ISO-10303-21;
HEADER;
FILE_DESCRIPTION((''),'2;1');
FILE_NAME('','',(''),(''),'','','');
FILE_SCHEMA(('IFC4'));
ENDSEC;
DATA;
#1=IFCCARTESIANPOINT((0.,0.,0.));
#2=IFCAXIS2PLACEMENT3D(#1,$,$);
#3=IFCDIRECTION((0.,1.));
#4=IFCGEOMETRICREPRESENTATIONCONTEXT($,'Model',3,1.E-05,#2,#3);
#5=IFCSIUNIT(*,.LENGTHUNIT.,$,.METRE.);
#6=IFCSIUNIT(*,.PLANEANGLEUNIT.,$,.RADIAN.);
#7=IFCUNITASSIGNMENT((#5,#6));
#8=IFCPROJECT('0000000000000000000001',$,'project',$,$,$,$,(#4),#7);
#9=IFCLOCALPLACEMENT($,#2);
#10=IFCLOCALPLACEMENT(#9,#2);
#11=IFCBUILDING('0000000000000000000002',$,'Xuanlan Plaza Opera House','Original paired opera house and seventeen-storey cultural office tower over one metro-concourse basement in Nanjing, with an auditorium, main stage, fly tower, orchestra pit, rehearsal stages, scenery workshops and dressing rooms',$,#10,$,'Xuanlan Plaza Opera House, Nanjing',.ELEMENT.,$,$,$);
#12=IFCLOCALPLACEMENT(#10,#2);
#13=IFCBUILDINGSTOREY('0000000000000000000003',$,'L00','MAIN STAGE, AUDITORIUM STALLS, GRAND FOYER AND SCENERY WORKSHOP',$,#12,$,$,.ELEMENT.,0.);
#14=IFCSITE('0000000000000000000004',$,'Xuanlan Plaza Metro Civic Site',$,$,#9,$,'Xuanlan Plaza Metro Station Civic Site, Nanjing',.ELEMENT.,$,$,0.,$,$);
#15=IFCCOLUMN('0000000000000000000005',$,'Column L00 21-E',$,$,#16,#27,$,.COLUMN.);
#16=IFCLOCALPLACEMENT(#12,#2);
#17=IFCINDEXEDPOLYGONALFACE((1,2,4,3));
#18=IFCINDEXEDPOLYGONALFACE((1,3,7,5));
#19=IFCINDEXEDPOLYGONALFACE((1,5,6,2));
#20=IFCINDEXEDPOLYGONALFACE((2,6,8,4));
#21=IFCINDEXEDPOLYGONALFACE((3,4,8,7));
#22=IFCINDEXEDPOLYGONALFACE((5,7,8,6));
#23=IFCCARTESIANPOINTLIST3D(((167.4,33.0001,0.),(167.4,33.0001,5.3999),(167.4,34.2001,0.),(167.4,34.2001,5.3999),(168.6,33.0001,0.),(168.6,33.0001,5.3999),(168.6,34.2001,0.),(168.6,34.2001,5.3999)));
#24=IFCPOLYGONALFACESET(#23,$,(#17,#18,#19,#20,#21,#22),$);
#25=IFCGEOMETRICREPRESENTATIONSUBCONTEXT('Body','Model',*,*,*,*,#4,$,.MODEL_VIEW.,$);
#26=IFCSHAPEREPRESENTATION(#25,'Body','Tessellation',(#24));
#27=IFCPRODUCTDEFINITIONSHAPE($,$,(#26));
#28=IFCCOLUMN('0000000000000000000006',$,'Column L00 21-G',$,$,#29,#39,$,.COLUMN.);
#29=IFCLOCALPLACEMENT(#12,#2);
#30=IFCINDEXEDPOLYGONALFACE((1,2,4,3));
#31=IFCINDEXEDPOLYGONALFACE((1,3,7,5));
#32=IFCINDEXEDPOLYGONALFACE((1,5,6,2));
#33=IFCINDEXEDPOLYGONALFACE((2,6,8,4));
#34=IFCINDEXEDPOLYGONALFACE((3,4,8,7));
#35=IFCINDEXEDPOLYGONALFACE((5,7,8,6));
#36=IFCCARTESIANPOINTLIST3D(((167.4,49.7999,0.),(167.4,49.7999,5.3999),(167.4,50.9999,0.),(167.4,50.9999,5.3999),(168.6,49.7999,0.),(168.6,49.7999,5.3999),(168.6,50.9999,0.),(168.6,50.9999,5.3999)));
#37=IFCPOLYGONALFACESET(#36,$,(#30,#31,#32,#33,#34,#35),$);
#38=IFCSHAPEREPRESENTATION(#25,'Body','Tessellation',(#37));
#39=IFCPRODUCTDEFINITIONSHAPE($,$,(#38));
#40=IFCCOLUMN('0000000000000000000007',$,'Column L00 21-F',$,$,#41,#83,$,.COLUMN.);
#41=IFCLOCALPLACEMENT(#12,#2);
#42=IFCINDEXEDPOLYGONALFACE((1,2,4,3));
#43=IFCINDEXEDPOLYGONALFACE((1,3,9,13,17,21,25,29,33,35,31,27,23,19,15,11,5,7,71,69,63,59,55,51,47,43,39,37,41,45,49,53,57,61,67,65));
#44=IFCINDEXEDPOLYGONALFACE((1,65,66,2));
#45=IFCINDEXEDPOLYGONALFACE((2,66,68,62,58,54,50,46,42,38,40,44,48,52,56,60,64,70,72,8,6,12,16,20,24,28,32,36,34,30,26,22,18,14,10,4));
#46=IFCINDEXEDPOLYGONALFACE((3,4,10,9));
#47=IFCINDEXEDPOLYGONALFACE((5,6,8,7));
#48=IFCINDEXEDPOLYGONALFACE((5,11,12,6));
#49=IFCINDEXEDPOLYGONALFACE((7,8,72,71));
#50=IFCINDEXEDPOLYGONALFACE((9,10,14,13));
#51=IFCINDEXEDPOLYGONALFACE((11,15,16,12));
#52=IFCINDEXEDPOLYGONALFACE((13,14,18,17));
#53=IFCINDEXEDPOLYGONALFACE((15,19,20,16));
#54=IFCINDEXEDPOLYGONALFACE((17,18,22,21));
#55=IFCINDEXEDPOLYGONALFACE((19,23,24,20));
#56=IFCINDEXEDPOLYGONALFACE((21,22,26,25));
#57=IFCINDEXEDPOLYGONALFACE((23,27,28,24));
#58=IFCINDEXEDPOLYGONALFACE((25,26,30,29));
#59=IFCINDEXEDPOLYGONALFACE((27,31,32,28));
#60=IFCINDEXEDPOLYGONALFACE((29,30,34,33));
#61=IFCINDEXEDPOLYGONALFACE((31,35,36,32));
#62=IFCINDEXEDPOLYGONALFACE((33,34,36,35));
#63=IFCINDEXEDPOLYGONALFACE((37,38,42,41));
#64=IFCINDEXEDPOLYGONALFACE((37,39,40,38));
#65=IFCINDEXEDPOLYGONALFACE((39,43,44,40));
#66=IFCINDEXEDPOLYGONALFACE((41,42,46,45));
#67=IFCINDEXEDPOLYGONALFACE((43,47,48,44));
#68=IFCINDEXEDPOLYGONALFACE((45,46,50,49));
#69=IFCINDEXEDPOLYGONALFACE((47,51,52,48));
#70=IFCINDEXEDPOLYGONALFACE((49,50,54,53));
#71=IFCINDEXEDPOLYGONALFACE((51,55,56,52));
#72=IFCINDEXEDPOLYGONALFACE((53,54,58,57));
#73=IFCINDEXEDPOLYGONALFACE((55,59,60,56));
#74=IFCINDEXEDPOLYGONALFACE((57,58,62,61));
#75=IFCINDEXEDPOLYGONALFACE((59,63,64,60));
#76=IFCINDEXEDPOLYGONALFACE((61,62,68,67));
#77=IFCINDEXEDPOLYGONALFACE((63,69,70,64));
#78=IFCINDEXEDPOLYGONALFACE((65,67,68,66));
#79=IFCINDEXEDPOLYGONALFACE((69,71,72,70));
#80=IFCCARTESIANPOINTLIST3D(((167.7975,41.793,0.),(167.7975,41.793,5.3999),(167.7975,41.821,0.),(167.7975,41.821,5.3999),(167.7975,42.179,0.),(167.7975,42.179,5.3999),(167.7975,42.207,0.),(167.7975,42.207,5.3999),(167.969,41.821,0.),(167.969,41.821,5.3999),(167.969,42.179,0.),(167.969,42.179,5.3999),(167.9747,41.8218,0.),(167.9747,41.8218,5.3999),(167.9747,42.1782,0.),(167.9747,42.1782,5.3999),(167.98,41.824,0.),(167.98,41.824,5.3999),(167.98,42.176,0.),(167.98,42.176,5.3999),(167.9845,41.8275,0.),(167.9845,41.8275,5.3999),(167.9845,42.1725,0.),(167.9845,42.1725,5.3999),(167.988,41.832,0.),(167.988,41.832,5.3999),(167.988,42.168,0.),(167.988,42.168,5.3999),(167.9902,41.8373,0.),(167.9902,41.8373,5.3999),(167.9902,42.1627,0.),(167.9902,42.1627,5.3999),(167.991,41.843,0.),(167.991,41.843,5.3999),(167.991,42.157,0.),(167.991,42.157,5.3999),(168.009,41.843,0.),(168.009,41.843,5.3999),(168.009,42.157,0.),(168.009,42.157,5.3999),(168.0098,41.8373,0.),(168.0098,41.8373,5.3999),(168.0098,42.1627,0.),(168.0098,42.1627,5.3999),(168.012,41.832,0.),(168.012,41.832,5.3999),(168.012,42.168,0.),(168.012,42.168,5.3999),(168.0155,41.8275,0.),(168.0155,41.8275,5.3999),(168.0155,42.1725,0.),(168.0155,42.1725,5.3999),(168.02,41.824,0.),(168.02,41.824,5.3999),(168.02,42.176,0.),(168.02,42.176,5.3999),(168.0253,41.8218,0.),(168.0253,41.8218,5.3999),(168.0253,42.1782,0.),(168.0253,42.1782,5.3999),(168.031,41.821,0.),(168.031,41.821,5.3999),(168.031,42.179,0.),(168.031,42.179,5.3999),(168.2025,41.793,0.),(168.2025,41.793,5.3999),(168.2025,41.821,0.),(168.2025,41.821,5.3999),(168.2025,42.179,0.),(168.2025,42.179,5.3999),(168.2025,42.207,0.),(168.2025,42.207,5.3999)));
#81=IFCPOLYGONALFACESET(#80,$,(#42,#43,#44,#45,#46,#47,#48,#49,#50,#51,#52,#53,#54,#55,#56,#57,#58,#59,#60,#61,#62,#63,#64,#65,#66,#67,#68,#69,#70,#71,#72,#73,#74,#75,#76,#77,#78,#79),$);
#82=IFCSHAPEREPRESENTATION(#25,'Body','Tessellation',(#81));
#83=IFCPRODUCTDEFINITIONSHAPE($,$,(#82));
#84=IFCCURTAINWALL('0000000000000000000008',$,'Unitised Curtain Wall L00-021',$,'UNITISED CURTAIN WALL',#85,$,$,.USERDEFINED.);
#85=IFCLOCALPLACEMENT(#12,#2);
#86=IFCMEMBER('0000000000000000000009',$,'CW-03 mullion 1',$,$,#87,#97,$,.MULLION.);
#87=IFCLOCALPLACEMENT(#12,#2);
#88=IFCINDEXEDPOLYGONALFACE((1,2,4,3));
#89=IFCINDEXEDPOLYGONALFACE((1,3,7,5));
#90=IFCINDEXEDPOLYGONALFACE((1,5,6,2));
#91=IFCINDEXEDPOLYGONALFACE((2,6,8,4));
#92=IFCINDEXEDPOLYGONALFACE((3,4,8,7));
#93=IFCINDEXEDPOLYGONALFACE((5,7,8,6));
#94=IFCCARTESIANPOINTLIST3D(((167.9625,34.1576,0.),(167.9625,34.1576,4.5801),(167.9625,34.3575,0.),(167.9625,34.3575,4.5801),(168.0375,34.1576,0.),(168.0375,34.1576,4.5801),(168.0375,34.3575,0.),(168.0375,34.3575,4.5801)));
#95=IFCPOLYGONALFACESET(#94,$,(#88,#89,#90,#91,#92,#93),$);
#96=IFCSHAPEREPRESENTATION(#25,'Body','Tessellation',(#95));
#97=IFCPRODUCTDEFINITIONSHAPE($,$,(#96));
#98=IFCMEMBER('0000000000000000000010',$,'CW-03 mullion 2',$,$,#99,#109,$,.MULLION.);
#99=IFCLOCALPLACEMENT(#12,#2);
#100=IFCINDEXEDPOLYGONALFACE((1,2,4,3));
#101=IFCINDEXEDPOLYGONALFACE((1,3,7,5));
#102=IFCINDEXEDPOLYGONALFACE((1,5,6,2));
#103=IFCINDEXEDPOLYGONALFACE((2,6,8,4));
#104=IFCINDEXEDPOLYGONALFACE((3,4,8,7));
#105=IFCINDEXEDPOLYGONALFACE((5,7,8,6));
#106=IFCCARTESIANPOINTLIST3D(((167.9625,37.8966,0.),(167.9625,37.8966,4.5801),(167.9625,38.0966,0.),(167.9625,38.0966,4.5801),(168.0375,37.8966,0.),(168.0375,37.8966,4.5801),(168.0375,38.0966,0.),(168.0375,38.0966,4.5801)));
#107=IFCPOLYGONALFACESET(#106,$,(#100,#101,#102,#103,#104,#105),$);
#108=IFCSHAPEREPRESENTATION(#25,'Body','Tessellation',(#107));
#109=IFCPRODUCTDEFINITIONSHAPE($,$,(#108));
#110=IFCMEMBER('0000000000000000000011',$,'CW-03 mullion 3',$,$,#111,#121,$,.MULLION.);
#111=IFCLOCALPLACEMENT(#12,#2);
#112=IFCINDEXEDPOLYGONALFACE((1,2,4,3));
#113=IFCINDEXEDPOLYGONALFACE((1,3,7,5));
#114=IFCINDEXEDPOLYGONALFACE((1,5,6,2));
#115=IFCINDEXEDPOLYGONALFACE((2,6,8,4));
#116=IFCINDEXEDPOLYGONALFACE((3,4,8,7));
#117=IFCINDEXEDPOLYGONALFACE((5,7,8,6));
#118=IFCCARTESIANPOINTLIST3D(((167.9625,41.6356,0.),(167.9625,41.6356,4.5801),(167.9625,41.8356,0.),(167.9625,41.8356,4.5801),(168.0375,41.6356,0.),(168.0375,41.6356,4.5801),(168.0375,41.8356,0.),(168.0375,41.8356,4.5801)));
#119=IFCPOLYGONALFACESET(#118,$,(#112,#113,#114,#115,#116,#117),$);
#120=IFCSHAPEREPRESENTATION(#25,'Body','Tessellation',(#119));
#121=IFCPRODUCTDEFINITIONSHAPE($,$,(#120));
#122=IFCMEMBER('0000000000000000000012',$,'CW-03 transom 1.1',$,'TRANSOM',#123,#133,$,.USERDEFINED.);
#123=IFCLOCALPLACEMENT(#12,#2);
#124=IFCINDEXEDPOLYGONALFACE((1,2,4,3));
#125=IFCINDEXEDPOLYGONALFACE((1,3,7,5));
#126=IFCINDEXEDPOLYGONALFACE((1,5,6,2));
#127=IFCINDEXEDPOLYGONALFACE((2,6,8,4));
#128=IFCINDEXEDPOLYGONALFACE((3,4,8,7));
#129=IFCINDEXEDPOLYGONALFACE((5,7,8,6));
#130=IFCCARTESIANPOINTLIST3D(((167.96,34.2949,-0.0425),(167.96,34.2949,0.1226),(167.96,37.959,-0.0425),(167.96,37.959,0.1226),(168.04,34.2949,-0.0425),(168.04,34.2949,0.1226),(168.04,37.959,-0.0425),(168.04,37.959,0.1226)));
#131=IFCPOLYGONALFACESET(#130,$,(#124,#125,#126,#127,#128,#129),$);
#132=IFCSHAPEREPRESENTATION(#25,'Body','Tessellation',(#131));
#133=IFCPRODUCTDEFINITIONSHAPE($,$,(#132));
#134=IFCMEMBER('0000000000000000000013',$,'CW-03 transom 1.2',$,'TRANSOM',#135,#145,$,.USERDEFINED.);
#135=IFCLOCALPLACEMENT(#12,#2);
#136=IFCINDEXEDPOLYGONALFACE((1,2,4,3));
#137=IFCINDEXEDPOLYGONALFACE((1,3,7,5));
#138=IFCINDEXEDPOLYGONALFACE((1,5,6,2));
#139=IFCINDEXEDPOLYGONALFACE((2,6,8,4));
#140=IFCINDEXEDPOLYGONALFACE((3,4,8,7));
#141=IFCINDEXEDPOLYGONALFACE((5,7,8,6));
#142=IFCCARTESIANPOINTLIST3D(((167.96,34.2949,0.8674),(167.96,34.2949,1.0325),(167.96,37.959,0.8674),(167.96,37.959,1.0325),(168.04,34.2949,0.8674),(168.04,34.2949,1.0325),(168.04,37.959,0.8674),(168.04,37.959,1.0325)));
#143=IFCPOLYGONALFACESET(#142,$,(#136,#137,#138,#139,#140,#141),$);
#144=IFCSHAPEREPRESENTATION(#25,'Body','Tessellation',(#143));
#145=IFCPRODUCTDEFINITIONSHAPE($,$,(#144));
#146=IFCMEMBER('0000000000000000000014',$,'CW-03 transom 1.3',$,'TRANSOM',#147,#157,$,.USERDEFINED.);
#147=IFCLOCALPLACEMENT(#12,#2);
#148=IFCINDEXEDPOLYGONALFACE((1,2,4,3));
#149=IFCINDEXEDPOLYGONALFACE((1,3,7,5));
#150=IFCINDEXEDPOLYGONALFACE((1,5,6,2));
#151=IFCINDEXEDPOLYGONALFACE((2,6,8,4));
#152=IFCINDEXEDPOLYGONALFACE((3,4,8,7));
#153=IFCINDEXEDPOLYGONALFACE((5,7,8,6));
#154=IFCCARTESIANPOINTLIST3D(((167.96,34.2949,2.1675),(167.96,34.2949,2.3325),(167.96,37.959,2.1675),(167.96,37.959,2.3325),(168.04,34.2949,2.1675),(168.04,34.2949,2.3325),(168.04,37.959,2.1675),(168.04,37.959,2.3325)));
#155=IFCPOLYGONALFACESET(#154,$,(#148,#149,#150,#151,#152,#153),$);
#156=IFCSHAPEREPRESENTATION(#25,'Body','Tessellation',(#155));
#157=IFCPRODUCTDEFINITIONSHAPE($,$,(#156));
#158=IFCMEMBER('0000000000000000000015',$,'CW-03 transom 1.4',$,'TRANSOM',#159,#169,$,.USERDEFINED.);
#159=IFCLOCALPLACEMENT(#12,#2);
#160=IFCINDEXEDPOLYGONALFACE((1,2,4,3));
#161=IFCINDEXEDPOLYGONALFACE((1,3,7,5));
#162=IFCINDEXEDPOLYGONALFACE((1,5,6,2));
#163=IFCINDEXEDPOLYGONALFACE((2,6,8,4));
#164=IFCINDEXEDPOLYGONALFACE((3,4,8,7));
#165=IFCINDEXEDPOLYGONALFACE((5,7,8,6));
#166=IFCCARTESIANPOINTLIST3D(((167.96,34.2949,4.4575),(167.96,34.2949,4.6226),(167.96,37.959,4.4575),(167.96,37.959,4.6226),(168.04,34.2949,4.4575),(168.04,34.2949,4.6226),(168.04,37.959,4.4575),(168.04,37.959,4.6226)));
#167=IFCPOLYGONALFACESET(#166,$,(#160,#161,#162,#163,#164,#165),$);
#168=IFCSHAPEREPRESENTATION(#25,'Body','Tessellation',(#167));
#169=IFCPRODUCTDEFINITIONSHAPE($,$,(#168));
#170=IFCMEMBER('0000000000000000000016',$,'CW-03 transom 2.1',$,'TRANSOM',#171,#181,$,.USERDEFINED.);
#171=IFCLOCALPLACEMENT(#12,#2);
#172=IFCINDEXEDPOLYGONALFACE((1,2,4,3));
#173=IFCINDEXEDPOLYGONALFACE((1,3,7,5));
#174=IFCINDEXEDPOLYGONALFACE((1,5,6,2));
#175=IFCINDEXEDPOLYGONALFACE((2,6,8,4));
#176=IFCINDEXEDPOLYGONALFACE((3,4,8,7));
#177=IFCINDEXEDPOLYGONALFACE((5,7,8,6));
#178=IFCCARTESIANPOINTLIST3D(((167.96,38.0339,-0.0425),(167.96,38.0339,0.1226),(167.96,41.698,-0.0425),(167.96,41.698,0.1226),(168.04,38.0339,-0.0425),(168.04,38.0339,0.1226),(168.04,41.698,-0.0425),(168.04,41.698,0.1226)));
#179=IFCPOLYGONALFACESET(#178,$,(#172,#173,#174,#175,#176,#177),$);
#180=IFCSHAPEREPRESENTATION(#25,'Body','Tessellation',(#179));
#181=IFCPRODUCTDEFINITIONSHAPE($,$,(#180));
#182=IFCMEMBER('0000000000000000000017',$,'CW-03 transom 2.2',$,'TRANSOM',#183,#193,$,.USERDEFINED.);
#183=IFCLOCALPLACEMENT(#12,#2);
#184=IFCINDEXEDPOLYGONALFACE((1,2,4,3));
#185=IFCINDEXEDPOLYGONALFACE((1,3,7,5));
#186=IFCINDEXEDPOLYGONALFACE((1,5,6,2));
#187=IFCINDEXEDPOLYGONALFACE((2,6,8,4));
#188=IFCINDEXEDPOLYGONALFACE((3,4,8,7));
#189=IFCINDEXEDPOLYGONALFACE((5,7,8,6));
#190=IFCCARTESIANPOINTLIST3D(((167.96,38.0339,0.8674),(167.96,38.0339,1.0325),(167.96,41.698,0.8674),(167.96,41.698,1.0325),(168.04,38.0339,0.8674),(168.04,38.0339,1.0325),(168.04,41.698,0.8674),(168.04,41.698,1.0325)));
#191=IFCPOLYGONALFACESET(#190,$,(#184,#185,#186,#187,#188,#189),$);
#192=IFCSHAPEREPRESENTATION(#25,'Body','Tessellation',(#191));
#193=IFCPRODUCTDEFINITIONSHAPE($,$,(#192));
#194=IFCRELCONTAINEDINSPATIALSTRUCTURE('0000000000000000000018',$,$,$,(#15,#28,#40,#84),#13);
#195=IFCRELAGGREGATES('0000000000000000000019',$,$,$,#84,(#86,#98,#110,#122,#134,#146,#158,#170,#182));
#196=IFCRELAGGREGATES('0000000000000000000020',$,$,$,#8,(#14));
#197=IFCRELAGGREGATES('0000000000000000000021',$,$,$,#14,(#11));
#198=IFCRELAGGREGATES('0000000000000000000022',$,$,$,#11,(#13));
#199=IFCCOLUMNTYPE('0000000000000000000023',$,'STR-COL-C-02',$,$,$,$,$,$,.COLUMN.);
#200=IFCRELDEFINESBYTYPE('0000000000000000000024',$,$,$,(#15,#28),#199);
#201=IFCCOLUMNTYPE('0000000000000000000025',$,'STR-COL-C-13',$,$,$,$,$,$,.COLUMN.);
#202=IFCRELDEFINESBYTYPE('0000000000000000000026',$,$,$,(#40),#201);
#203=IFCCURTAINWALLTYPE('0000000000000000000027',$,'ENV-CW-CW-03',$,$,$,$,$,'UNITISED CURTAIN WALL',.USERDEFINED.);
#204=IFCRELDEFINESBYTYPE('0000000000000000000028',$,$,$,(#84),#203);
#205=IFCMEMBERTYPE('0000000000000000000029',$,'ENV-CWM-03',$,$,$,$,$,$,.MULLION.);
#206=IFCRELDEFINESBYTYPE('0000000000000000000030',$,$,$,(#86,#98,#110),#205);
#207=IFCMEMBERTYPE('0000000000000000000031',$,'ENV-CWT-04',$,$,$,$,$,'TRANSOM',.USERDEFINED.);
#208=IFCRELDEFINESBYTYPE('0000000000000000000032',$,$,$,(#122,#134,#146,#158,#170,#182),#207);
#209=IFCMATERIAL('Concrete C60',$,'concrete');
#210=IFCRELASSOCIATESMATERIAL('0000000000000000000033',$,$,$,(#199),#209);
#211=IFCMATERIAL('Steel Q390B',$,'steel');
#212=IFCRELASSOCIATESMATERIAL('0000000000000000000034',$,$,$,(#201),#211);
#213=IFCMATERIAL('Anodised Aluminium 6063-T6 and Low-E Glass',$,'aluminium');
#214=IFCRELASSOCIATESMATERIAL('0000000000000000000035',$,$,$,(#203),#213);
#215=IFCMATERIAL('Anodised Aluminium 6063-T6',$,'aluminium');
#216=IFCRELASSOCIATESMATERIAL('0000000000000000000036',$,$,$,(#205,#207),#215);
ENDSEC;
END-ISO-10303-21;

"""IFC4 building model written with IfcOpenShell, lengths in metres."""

from ifc_helpers import new_model, si_unit, direction, frame, origin, origin_2d, place, context, subcontext, project, spatial, rectangle, i_section, extrude, material, material_profile, profile_set, type_object, element, aggregate, save


model = new_model("IFC4")

# Units and contexts
model_context = context("Model", 3, precision=1e-05, world=origin(), true_north=direction((0.0, 1.0)))
body_context = subcontext(model_context, "Body", "Model", "MODEL_VIEW")
ifc_project = project(units=[si_unit("LENGTHUNIT", "METRE"), si_unit("PLANEANGLEUNIT", "RADIAN")], contexts=[model_context])

# Site, building, storey
site_placement = place(None, origin())
site = spatial("IfcSite", under=ifc_project, at=site_placement, Name="Xuanlan Plaza Metro Civic Site", LongName="Xuanlan Plaza Metro Station Civic Site, Nanjing", CompositionType="ELEMENT", RefElevation=0.0)
building_placement = place(site_placement, origin())
building = spatial("IfcBuilding", under=site, at=building_placement, Name="Xuanlan Plaza Opera House", Description="Original paired opera house and seventeen-storey cultural office tower over one metro-concourse basement in Nanjing, with an auditorium, main stage, fly tower, orchestra pit, rehearsal stages, scenery workshops and dressing rooms", LongName="Xuanlan Plaza Opera House, Nanjing", CompositionType="ELEMENT")
storey_placement = place(building_placement, origin())
storey = spatial("IfcBuildingStorey", under=building, at=storey_placement, Name="L00", Description="MAIN STAGE, AUDITORIUM STALLS, GRAND FOYER AND SCENERY WORKSHOP", CompositionType="ELEMENT", Elevation=0.0)

# Columns
ifc_material_1 = material(Name="Concrete C60", Category="concrete")
ifc_material_profile_1 = material_profile(ifc_material_1, rectangle(XDim=1.2, YDim=1.2, at=origin_2d()), Name="RC-COL 1200x1200")
ifc_profile_set_1 = profile_set([ifc_material_profile_1], Name="Concrete C60")
column_type_1 = type_object("IfcColumnType", Name="STR-COL-C-02", PredefinedType="COLUMN", material=ifc_profile_set_1)
for number, where, z_axis, x_axis, name in (
    (1, (168.0, 33.6001, 0.0), (0.0, 0.0, 1.0), (1.0, 0.0, 0.0), "Column L00 21-E"),
    (2, (168.0, 50.3999, 0.0), (0.0, 0.0, 1.0), (1.0, 0.0, 0.0), "Column L00 21-G"),
):
    element("IfcColumn", number, at=place(storey_placement, frame(where, z_axis=z_axis, x_axis=x_axis)), inside=storey, type_object=column_type_1, Name=name, PredefinedType="COLUMN", context=body_context, shape_type="SweptSolid", body=[
        extrude(rectangle(XDim=1.2, YDim=1.2, at=origin_2d()), origin(), (0.0, 0.0, 1.0), 5.3999),
    ])
ifc_material_2 = material(Name="Steel Q390B", Category="steel")
ifc_material_profile_2 = material_profile(ifc_material_2, i_section(OverallWidth=0.405, OverallDepth=0.4141, WebThickness=0.0181, FlangeThickness=0.0281, FilletRadius=0.022, at=origin_2d()), Name="HW 414x405x18x28")
ifc_profile_set_2 = profile_set([ifc_material_profile_2], Name="Steel Q390B")
column_type_2 = type_object("IfcColumnType", Name="STR-COL-C-13", PredefinedType="COLUMN", material=ifc_profile_set_2)
column_placement = place(storey_placement, frame((168.0, 42.0, 0.0), z_axis=(0.0, 0.0, 1.0), x_axis=(1.0, 0.0, 0.0)))
element("IfcColumn", 3, at=column_placement, inside=storey, type_object=column_type_2, Name="Column L00 21-F", PredefinedType="COLUMN", context=body_context, shape_type="SweptSolid", body=[
    extrude(i_section(OverallWidth=0.405, OverallDepth=0.4141, WebThickness=0.0181, FlangeThickness=0.0281, FilletRadius=0.022, at=origin_2d()), origin(), (0.0, 0.0, 1.0), 5.3999),
])

# Curtain wall, members
ifc_material_3 = material(Name="Anodised Aluminium 6063-T6 and Low-E Glass", Category="aluminium")
curtain_wall_type = type_object("IfcCurtainWallType", Name="ENV-CW-CW-03", ElementType="UNITISED CURTAIN WALL", PredefinedType="USERDEFINED", material=ifc_material_3)
curtain_wall_placement = place(storey_placement, origin())
curtain_wall = element("IfcCurtainWall", 4, at=curtain_wall_placement, inside=storey, type_object=curtain_wall_type, Name="Unitised Curtain Wall L00-021", ObjectType="UNITISED CURTAIN WALL", PredefinedType="USERDEFINED")
ifc_material_4 = material(Name="Anodised Aluminium 6063-T6", Category="aluminium")
ifc_material_profile_3 = material_profile(ifc_material_4, rectangle(XDim=0.075, YDim=0.2, at=origin_2d()), Name="ALU-M 75x200")
ifc_profile_set_3 = profile_set([ifc_material_profile_3], Name="Anodised Aluminium 6063-T6")
member_type_1 = type_object("IfcMemberType", Name="ENV-CWM-03", PredefinedType="MULLION", material=ifc_profile_set_3)
member_1_placement = place(storey_placement, frame((168.0, 34.2576, 0.0), z_axis=(0.0, 0.0, 1.0), x_axis=(-1.0, 0.0, 0.0)))
member_1 = element("IfcMember", 5, at=member_1_placement, type_object=member_type_1, Name="CW-03 mullion 1", PredefinedType="MULLION", context=body_context, shape_type="SweptSolid", body=[
    extrude(rectangle(XDim=0.075, YDim=0.2, at=origin_2d()), origin(), (0.0, 0.0, 1.0), 4.5801),
])
member_2_placement = place(storey_placement, frame((168.0, 37.9966, 0.0), z_axis=(0.0, 0.0, 1.0), x_axis=(-1.0, 0.0, 0.0)))
member_2 = element("IfcMember", 6, at=member_2_placement, type_object=member_type_1, Name="CW-03 mullion 2", PredefinedType="MULLION", context=body_context, shape_type="SweptSolid", body=[
    extrude(rectangle(XDim=0.075, YDim=0.2, at=origin_2d()), origin(), (0.0, 0.0, 1.0), 4.5801),
])
member_3_placement = place(storey_placement, frame((168.0, 41.7356, 0.0), z_axis=(0.0, 0.0, 1.0), x_axis=(-1.0, 0.0, 0.0)))
member_3 = element("IfcMember", 7, at=member_3_placement, type_object=member_type_1, Name="CW-03 mullion 3", PredefinedType="MULLION", context=body_context, shape_type="SweptSolid", body=[
    extrude(rectangle(XDim=0.075, YDim=0.2, at=origin_2d()), origin(), (0.0, 0.0, 1.0), 4.5801),
])
ifc_material_profile_4 = material_profile(ifc_material_4, rectangle(XDim=0.0801, YDim=0.165, at=origin_2d()), Name="ALU-T 80x165")
ifc_profile_set_4 = profile_set([ifc_material_profile_4], Name="Anodised Aluminium 6063-T6")
member_type_2 = type_object("IfcMemberType", Name="ENV-CWT-04", ElementType="TRANSOM", PredefinedType="USERDEFINED", material=ifc_profile_set_4)
member_4_placement = place(storey_placement, frame((168.0, 34.2949, 0.04), z_axis=(0.0, 1.0, 0.0), x_axis=(-1.0, 0.0, 0.0)))
member_4 = element("IfcMember", 8, at=member_4_placement, type_object=member_type_2, Name="CW-03 transom 1.1", ObjectType="TRANSOM", PredefinedType="USERDEFINED", context=body_context, shape_type="SweptSolid", body=[
    extrude(rectangle(XDim=0.0801, YDim=0.165, at=origin_2d()), origin(), (0.0, 0.0, 1.0), 3.6641),
])
member_5_placement = place(storey_placement, frame((168.0, 34.2949, 0.95), z_axis=(0.0, 1.0, 0.0), x_axis=(-1.0, 0.0, 0.0)))
member_5 = element("IfcMember", 9, at=member_5_placement, type_object=member_type_2, Name="CW-03 transom 1.2", ObjectType="TRANSOM", PredefinedType="USERDEFINED", context=body_context, shape_type="SweptSolid", body=[
    extrude(rectangle(XDim=0.0801, YDim=0.165, at=origin_2d()), origin(), (0.0, 0.0, 1.0), 3.6641),
])
member_6_placement = place(storey_placement, frame((168.0, 34.2949, 2.25), z_axis=(0.0, 1.0, 0.0), x_axis=(-1.0, 0.0, 0.0)))
member_6 = element("IfcMember", 10, at=member_6_placement, type_object=member_type_2, Name="CW-03 transom 1.3", ObjectType="TRANSOM", PredefinedType="USERDEFINED", context=body_context, shape_type="SweptSolid", body=[
    extrude(rectangle(XDim=0.0801, YDim=0.165, at=origin_2d()), origin(), (0.0, 0.0, 1.0), 3.6641),
])
member_7_placement = place(storey_placement, frame((168.0, 34.2949, 4.54), z_axis=(0.0, 1.0, 0.0), x_axis=(-1.0, 0.0, 0.0)))
member_7 = element("IfcMember", 11, at=member_7_placement, type_object=member_type_2, Name="CW-03 transom 1.4", ObjectType="TRANSOM", PredefinedType="USERDEFINED", context=body_context, shape_type="SweptSolid", body=[
    extrude(rectangle(XDim=0.0801, YDim=0.165, at=origin_2d()), origin(), (0.0, 0.0, 1.0), 3.6641),
])
member_8_placement = place(storey_placement, frame((168.0, 38.0339, 0.04), z_axis=(0.0, 1.0, 0.0), x_axis=(-1.0, 0.0, 0.0)))
member_8 = element("IfcMember", 12, at=member_8_placement, type_object=member_type_2, Name="CW-03 transom 2.1", ObjectType="TRANSOM", PredefinedType="USERDEFINED", context=body_context, shape_type="SweptSolid", body=[
    extrude(rectangle(XDim=0.0801, YDim=0.165, at=origin_2d()), origin(), (0.0, 0.0, 1.0), 3.6641),
])
member_9_placement = place(storey_placement, frame((168.0, 38.0339, 0.95), z_axis=(0.0, 1.0, 0.0), x_axis=(-1.0, 0.0, 0.0)))
member_9 = element("IfcMember", 13, at=member_9_placement, type_object=member_type_2, Name="CW-03 transom 2.2", ObjectType="TRANSOM", PredefinedType="USERDEFINED", context=body_context, shape_type="SweptSolid", body=[
    extrude(rectangle(XDim=0.0801, YDim=0.165, at=origin_2d()), origin(), (0.0, 0.0, 1.0), 3.6641),
])

aggregate(curtain_wall, [member_1, member_2, member_3, member_4, member_5, member_6, member_7, member_8, member_9])

save(model, "model.ifc")
